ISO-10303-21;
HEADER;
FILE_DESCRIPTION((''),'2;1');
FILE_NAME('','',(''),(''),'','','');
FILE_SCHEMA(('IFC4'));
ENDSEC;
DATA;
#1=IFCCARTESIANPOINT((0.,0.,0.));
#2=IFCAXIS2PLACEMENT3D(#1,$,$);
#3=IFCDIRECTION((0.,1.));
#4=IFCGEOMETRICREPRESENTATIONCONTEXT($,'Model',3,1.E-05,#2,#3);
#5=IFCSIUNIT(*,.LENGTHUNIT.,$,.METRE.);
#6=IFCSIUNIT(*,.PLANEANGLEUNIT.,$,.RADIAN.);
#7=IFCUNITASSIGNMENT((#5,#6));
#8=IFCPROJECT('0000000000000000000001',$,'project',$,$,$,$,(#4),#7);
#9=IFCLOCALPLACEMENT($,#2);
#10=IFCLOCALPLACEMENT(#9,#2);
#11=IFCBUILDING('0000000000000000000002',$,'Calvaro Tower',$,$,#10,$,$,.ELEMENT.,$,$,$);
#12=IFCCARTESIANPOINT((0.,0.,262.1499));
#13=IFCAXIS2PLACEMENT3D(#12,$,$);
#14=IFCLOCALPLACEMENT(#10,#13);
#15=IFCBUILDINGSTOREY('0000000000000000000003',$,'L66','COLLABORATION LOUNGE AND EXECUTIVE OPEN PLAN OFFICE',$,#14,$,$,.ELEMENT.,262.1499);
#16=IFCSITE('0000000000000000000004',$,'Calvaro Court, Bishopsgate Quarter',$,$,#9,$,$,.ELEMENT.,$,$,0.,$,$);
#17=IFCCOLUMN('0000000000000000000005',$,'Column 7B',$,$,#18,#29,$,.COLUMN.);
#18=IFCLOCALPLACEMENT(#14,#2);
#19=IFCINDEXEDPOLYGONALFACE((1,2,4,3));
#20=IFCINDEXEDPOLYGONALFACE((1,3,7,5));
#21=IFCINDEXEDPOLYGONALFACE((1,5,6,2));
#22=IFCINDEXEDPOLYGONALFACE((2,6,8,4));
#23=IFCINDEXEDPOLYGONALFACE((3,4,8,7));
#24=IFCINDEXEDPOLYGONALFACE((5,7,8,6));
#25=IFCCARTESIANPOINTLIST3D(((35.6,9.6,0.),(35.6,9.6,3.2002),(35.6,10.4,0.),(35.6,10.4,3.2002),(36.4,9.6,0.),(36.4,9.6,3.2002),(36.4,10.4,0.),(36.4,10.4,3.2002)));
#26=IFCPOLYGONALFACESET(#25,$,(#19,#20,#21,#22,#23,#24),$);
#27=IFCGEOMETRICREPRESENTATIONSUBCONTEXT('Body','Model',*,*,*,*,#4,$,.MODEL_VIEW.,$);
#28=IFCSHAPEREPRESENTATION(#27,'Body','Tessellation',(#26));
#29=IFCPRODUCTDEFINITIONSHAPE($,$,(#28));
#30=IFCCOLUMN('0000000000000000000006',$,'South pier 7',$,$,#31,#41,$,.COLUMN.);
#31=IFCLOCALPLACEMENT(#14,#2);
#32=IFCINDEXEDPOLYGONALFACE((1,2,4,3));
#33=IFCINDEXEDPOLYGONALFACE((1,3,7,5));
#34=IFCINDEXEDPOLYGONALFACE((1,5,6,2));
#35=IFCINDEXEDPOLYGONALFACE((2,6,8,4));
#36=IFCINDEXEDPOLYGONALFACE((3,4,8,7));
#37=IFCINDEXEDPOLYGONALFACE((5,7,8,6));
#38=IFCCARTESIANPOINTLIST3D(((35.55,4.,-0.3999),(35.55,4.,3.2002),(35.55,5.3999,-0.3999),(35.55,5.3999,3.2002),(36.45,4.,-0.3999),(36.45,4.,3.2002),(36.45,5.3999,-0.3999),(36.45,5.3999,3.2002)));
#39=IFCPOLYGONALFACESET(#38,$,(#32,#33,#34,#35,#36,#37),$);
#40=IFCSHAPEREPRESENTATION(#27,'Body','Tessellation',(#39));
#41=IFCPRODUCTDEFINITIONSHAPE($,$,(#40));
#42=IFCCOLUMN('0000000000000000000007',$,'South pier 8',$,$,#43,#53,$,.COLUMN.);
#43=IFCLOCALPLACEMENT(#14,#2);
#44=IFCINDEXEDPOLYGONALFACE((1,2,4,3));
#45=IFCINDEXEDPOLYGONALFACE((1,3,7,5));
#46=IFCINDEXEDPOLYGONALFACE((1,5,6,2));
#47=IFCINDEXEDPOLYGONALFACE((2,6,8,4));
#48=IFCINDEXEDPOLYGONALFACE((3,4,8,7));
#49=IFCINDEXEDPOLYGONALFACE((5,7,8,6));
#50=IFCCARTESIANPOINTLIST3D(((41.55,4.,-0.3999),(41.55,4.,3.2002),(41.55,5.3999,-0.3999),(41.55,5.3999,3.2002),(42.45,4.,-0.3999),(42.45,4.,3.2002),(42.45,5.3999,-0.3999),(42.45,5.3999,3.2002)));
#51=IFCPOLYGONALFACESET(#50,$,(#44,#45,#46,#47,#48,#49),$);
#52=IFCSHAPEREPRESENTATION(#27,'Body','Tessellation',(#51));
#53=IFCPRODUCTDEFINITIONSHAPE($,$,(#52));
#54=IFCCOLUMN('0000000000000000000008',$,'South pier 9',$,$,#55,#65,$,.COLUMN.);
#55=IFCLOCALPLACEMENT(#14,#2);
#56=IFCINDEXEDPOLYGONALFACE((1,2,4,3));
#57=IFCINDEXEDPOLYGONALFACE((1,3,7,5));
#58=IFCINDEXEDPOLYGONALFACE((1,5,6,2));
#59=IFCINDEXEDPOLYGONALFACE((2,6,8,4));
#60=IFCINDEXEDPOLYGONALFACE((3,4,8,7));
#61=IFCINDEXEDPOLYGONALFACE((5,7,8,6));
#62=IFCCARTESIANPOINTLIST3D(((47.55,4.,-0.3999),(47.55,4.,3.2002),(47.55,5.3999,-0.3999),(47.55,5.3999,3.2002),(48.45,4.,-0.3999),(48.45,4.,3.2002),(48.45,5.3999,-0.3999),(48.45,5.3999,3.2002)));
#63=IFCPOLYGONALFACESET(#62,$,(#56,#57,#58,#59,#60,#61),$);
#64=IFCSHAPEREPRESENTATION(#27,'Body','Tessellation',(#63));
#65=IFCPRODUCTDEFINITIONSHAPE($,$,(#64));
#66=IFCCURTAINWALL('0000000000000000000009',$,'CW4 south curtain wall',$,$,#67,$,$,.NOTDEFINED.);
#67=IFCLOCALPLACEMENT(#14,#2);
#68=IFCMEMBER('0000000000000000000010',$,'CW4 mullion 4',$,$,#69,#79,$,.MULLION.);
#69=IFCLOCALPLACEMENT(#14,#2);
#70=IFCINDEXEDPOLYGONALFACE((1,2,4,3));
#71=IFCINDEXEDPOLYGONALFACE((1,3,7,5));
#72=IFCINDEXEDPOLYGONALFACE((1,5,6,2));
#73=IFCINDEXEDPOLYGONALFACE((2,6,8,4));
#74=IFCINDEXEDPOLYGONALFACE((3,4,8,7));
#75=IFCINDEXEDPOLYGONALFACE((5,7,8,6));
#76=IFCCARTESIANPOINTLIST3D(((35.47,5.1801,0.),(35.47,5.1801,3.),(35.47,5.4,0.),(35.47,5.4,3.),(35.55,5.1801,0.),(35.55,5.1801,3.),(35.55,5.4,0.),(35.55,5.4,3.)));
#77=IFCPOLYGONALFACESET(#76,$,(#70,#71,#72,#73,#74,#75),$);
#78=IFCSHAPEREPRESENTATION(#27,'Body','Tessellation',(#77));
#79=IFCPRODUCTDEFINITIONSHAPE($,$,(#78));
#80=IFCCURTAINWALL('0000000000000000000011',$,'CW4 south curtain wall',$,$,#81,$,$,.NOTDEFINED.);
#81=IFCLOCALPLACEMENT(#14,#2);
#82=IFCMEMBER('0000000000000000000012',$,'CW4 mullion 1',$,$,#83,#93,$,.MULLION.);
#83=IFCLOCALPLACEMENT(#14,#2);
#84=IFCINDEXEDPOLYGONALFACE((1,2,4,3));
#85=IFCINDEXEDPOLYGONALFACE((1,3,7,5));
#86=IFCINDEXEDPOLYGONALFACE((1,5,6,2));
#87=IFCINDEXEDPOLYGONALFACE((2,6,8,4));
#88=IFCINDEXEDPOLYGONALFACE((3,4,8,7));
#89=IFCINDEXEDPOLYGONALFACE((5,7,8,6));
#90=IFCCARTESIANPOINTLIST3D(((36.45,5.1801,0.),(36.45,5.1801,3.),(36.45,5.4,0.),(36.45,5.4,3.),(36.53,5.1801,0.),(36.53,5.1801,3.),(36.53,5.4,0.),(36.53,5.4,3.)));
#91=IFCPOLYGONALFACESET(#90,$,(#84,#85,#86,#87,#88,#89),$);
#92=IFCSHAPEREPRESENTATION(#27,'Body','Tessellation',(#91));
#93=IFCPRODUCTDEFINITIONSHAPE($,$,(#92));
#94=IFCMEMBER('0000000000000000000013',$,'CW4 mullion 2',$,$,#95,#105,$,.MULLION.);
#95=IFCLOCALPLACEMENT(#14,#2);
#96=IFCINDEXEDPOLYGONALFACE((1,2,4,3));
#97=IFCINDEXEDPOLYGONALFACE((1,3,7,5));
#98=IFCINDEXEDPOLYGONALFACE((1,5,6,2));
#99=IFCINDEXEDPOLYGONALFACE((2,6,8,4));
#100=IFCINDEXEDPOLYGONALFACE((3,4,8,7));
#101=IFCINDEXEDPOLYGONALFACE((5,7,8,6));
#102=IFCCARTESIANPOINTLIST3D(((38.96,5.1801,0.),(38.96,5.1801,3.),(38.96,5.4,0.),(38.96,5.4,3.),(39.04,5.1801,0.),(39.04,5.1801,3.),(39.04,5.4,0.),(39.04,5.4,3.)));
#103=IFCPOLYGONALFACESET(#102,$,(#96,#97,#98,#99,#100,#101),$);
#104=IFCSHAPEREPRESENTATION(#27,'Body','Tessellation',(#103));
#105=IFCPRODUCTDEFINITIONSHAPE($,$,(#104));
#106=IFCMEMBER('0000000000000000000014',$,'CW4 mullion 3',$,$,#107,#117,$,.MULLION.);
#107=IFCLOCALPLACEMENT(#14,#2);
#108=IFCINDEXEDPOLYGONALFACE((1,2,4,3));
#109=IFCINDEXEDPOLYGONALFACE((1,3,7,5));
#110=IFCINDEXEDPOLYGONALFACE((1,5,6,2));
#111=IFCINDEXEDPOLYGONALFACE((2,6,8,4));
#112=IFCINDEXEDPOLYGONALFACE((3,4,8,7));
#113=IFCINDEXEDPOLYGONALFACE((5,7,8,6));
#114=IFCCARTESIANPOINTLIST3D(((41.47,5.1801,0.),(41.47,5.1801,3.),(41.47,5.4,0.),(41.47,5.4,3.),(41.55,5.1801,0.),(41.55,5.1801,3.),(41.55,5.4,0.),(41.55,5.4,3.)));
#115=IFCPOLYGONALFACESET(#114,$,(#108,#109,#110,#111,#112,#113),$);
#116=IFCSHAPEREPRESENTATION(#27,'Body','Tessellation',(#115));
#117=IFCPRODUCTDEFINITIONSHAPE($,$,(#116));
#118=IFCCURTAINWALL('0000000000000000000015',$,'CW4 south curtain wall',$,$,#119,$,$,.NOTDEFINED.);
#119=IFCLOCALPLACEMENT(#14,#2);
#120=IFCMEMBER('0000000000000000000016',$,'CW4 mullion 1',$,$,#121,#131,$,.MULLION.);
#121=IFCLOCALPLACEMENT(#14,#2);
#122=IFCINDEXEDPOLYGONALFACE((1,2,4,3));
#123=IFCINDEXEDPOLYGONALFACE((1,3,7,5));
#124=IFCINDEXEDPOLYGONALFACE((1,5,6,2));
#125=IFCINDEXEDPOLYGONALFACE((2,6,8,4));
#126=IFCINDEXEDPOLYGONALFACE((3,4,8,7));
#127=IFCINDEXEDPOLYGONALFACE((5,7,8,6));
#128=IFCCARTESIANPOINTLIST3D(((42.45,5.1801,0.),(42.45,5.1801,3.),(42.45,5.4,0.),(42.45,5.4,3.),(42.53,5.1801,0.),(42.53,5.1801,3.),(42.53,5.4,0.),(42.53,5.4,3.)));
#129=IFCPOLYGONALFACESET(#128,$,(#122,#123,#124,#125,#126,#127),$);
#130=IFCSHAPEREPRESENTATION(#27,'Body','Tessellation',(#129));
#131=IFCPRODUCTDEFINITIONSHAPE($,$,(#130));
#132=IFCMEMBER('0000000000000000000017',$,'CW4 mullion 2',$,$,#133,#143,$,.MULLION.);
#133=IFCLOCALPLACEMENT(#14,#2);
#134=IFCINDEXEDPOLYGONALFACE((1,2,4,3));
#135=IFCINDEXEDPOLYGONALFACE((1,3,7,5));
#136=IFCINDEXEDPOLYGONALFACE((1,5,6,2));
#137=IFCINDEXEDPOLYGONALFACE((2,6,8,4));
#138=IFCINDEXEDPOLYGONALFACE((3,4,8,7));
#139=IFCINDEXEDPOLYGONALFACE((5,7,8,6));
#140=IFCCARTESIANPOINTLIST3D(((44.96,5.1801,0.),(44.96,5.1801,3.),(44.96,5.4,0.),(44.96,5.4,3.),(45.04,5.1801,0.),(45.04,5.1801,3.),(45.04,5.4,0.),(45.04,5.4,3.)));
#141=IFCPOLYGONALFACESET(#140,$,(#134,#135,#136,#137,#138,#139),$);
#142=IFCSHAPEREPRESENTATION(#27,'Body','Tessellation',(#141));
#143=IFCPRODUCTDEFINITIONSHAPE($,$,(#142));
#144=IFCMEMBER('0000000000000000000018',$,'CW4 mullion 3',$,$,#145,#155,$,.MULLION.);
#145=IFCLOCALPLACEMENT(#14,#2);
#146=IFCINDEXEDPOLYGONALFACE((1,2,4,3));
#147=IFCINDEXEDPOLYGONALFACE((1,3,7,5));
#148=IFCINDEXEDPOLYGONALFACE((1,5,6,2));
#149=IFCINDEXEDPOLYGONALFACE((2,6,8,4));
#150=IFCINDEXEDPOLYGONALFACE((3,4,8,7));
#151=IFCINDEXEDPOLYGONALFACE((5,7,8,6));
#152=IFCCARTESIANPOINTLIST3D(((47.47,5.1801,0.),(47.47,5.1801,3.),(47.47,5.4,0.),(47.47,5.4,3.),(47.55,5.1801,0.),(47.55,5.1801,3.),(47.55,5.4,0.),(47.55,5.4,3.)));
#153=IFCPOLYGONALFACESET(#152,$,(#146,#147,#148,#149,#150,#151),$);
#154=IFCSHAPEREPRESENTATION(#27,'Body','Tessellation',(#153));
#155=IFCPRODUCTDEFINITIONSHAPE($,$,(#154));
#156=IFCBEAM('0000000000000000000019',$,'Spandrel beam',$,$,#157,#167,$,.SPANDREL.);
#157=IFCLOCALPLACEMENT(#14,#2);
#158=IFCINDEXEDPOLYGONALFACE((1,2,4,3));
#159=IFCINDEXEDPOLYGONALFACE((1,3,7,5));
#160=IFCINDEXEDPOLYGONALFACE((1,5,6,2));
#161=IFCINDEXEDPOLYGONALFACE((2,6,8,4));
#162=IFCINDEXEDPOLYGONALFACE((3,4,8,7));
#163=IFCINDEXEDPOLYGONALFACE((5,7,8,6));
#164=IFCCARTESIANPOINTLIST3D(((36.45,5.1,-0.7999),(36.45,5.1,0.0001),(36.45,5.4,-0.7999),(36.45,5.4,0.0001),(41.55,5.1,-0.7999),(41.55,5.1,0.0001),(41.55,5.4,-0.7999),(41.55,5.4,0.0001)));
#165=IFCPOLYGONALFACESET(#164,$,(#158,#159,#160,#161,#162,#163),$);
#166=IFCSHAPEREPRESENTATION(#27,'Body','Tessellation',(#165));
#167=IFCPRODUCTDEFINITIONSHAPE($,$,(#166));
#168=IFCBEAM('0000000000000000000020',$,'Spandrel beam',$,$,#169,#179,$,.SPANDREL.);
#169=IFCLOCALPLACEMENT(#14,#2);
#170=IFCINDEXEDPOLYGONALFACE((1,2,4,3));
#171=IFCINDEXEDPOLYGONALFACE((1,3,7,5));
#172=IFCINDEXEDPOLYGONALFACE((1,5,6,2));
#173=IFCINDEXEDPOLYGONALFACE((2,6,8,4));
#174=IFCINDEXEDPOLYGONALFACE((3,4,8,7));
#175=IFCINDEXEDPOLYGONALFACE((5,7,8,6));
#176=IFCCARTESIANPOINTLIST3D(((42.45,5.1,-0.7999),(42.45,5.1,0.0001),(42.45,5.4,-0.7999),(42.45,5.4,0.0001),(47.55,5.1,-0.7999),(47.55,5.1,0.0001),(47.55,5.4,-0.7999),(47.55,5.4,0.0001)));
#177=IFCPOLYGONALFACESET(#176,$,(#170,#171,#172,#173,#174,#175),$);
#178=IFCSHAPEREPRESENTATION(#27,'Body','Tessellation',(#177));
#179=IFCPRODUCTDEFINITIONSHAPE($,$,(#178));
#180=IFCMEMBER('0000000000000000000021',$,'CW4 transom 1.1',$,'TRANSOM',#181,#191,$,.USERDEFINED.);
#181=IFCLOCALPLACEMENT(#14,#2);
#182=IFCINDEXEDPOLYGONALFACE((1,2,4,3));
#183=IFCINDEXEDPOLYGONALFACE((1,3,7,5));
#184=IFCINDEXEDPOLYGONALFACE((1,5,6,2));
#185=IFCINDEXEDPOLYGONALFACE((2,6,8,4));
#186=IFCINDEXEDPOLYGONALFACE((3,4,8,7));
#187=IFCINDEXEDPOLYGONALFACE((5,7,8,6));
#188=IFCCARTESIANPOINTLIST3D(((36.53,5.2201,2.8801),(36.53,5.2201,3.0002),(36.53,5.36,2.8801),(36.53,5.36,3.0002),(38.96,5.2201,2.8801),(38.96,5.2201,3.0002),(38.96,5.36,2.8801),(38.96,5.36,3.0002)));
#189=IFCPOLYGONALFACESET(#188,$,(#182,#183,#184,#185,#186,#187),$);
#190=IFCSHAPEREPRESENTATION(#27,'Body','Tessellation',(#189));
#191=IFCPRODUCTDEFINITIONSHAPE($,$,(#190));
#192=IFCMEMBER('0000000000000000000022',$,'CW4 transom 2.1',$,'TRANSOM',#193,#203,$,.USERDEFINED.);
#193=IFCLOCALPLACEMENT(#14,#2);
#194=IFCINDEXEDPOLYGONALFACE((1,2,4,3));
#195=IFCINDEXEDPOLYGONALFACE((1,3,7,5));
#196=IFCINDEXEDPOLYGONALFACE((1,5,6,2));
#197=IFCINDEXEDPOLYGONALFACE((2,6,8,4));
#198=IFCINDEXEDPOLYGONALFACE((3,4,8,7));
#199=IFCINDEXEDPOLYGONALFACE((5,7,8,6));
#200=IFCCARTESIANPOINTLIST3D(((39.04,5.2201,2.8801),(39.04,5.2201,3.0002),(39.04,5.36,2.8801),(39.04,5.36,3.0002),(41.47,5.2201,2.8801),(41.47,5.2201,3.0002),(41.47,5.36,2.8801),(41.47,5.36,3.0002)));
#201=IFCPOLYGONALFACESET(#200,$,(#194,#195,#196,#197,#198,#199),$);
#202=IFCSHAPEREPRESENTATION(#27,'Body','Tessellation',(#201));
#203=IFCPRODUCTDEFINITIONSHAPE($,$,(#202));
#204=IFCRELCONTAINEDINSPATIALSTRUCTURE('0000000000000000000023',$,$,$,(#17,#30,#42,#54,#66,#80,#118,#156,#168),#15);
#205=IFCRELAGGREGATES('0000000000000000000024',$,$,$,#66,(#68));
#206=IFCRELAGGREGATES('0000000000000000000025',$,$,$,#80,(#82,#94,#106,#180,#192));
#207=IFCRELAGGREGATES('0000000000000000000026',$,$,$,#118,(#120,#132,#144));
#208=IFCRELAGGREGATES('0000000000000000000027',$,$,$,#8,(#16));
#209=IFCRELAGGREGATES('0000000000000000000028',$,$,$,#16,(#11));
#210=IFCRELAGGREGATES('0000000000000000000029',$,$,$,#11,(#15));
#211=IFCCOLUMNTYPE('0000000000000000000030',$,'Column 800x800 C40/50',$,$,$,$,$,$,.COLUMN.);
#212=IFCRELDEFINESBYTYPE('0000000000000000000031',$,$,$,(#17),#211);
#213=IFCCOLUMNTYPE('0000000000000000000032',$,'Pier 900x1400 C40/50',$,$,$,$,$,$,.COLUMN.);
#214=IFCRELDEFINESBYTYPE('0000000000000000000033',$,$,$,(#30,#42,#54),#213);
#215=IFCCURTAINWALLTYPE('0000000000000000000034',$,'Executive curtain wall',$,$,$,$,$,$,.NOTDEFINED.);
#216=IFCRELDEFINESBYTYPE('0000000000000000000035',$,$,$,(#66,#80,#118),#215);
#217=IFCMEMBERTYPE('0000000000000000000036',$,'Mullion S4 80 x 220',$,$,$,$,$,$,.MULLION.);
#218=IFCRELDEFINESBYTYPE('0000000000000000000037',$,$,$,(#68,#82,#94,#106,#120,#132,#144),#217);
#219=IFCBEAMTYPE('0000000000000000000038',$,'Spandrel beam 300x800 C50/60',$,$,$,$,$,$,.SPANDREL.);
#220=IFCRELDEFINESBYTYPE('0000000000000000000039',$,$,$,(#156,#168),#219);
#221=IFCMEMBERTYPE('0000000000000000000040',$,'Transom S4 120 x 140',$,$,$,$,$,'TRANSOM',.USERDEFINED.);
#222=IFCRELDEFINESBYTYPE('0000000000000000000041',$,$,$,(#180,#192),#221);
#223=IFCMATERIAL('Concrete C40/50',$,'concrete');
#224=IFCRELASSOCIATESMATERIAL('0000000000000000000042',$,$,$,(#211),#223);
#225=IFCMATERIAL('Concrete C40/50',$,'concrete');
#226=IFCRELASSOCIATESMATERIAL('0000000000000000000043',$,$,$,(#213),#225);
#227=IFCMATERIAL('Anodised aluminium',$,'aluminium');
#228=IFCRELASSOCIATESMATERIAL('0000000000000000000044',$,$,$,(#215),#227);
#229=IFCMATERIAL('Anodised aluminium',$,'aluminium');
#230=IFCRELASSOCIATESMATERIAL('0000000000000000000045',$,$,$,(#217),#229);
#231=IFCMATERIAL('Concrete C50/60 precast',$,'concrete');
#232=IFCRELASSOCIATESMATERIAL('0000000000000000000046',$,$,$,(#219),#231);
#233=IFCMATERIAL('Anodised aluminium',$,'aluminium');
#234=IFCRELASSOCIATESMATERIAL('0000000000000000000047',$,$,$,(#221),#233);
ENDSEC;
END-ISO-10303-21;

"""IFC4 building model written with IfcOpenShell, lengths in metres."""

from ifc_helpers import new_model, si_unit, direction, frame, origin, origin_2d, place, context, subcontext, project, spatial, rectangle, extrude, material, material_profile, profile_set, type_object, element, aggregate, save


model = new_model("IFC4")

# Units and contexts
model_context = context("Model", 3, precision=1e-05, world=origin(), true_north=direction((0.0, 1.0)))
body_context = subcontext(model_context, "Body", "Model", "MODEL_VIEW")
ifc_project = project(units=[si_unit("LENGTHUNIT", "METRE"), si_unit("PLANEANGLEUNIT", "RADIAN")], contexts=[model_context])

# Site, building, storey
site_placement = place(None, origin())
site = spatial("IfcSite", under=ifc_project, at=site_placement, Name="Calvaro Court, Bishopsgate Quarter", CompositionType="ELEMENT", RefElevation=0.0)
building_placement = place(site_placement, origin())
building = spatial("IfcBuilding", under=site, at=building_placement, Name="Calvaro Tower", CompositionType="ELEMENT")
storey_placement = place(building_placement, frame((0.0, 0.0, 262.1499)))
storey = spatial("IfcBuildingStorey", under=building, at=storey_placement, Name="L66", Description="COLLABORATION LOUNGE AND EXECUTIVE OPEN PLAN OFFICE", CompositionType="ELEMENT", Elevation=262.1499)

# Columns
ifc_material_1 = material(Name="Concrete C40/50", Category="concrete")
ifc_material_profile_1 = material_profile(ifc_material_1, rectangle(XDim=0.8, YDim=0.8, at=origin_2d()), Name="RC 800x800")
ifc_profile_set_1 = profile_set([ifc_material_profile_1], Name="Concrete C40/50")
column_type_1 = type_object("IfcColumnType", Name="Column 800x800 C40/50", PredefinedType="COLUMN", material=ifc_profile_set_1)
column_placement = place(storey_placement, frame((36.0, 10.0, 0.0), z_axis=(0.0, 0.0, 1.0), x_axis=(1.0, 0.0, 0.0)))
element("IfcColumn", 1, at=column_placement, inside=storey, type_object=column_type_1, Name="Column 7B", PredefinedType="COLUMN", context=body_context, shape_type="SweptSolid", body=[
    extrude(rectangle(XDim=0.8, YDim=0.8, at=origin_2d()), origin(), (0.0, 0.0, 1.0), 3.2002),
])
ifc_material_2 = material(Name="Concrete C40/50", Category="concrete")
ifc_material_profile_2 = material_profile(ifc_material_2, rectangle(XDim=0.8999, YDim=1.3999, at=origin_2d()), Name="RC 900x1400")
ifc_profile_set_2 = profile_set([ifc_material_profile_2], Name="Concrete C40/50")
column_type_2 = type_object("IfcColumnType", Name="Pier 900x1400 C40/50", PredefinedType="COLUMN", material=ifc_profile_set_2)
for number, where, z_axis, x_axis, name in (
    (2, (36.0, 4.7, -0.3999), (0.0, 0.0, 1.0), (1.0, 0.0, 0.0), "South pier 7"),
    (3, (42.0, 4.7, -0.3999), (0.0, 0.0, 1.0), (1.0, 0.0, 0.0), "South pier 8"),
    (4, (48.0, 4.7, -0.3999), (0.0, 0.0, 1.0), (1.0, 0.0, 0.0), "South pier 9"),
):
    element("IfcColumn", number, at=place(storey_placement, frame(where, z_axis=z_axis, x_axis=x_axis)), inside=storey, type_object=column_type_2, Name=name, PredefinedType="COLUMN", context=body_context, shape_type="SweptSolid", body=[
        extrude(rectangle(XDim=0.8999, YDim=1.3999, at=origin_2d()), origin(), (0.0, 0.0, 1.0), 3.6001),
    ])

# Curtain wall, member
ifc_material_3 = material(Name="Anodised aluminium", Category="aluminium")
curtain_wall_type = type_object("IfcCurtainWallType", Name="Executive curtain wall", PredefinedType="NOTDEFINED", material=ifc_material_3)
curtain_wall_1_placement = place(storey_placement, origin())
curtain_wall_1 = element("IfcCurtainWall", 5, at=curtain_wall_1_placement, inside=storey, type_object=curtain_wall_type, Name="CW4 south curtain wall", PredefinedType="NOTDEFINED")
ifc_material_4 = material(Name="Anodised aluminium", Category="aluminium")
ifc_material_profile_3 = material_profile(ifc_material_4, rectangle(XDim=0.22, YDim=0.0801, at=origin_2d()), Name="Mullion S4 80 x 220")
ifc_profile_set_3 = profile_set([ifc_material_profile_3], Name="Anodised aluminium")
member_type_1 = type_object("IfcMemberType", Name="Mullion S4 80 x 220", PredefinedType="MULLION", material=ifc_profile_set_3)
member_1_placement = place(storey_placement, frame((35.51, 5.29, 0.0), z_axis=(0.0, 0.0, 1.0), x_axis=(0.0, 1.0, 0.0)))
member_1 = element("IfcMember", 6, at=member_1_placement, type_object=member_type_1, Name="CW4 mullion 4", PredefinedType="MULLION", context=body_context, shape_type="SweptSolid", body=[
    extrude(rectangle(XDim=0.22, YDim=0.0801, at=origin_2d()), origin(), (0.0, 0.0, 1.0), 3.0),
])

# Curtain walls, members
curtain_wall_2_placement = place(storey_placement, origin())
curtain_wall_2 = element("IfcCurtainWall", 7, at=curtain_wall_2_placement, inside=storey, type_object=curtain_wall_type, Name="CW4 south curtain wall", PredefinedType="NOTDEFINED")
member_2_placement = place(storey_placement, frame((36.49, 5.29, 0.0), z_axis=(0.0, 0.0, 1.0), x_axis=(0.0, 1.0, 0.0)))
member_2 = element("IfcMember", 8, at=member_2_placement, type_object=member_type_1, Name="CW4 mullion 1", PredefinedType="MULLION", context=body_context, shape_type="SweptSolid", body=[
    extrude(rectangle(XDim=0.22, YDim=0.0801, at=origin_2d()), origin(), (0.0, 0.0, 1.0), 3.0),
])
member_3_placement = place(storey_placement, frame((39.0, 5.29, 0.0), z_axis=(0.0, 0.0, 1.0), x_axis=(0.0, 1.0, 0.0)))
member_3 = element("IfcMember", 9, at=member_3_placement, type_object=member_type_1, Name="CW4 mullion 2", PredefinedType="MULLION", context=body_context, shape_type="SweptSolid", body=[
    extrude(rectangle(XDim=0.22, YDim=0.0801, at=origin_2d()), origin(), (0.0, 0.0, 1.0), 3.0),
])
member_4_placement = place(storey_placement, frame((41.51, 5.29, 0.0), z_axis=(0.0, 0.0, 1.0), x_axis=(0.0, 1.0, 0.0)))
member_4 = element("IfcMember", 10, at=member_4_placement, type_object=member_type_1, Name="CW4 mullion 3", PredefinedType="MULLION", context=body_context, shape_type="SweptSolid", body=[
    extrude(rectangle(XDim=0.22, YDim=0.0801, at=origin_2d()), origin(), (0.0, 0.0, 1.0), 3.0),
])
curtain_wall_3_placement = place(storey_placement, origin())
curtain_wall_3 = element("IfcCurtainWall", 11, at=curtain_wall_3_placement, inside=storey, type_object=curtain_wall_type, Name="CW4 south curtain wall", PredefinedType="NOTDEFINED")
member_5_placement = place(storey_placement, frame((42.49, 5.29, 0.0), z_axis=(0.0, 0.0, 1.0), x_axis=(0.0, 1.0, 0.0)))
member_5 = element("IfcMember", 12, at=member_5_placement, type_object=member_type_1, Name="CW4 mullion 1", PredefinedType="MULLION", context=body_context, shape_type="SweptSolid", body=[
    extrude(rectangle(XDim=0.22, YDim=0.0801, at=origin_2d()), origin(), (0.0, 0.0, 1.0), 3.0),
])
member_6_placement = place(storey_placement, frame((45.0, 5.29, 0.0), z_axis=(0.0, 0.0, 1.0), x_axis=(0.0, 1.0, 0.0)))
member_6 = element("IfcMember", 13, at=member_6_placement, type_object=member_type_1, Name="CW4 mullion 2", PredefinedType="MULLION", context=body_context, shape_type="SweptSolid", body=[
    extrude(rectangle(XDim=0.22, YDim=0.0801, at=origin_2d()), origin(), (0.0, 0.0, 1.0), 3.0),
])
member_7_placement = place(storey_placement, frame((47.51, 5.29, 0.0), z_axis=(0.0, 0.0, 1.0), x_axis=(0.0, 1.0, 0.0)))
member_7 = element("IfcMember", 14, at=member_7_placement, type_object=member_type_1, Name="CW4 mullion 3", PredefinedType="MULLION", context=body_context, shape_type="SweptSolid", body=[
    extrude(rectangle(XDim=0.22, YDim=0.0801, at=origin_2d()), origin(), (0.0, 0.0, 1.0), 3.0),
])

# Beams
ifc_material_5 = material(Name="Concrete C50/60 precast", Category="concrete")
ifc_material_profile_4 = material_profile(ifc_material_5, rectangle(XDim=0.3, YDim=0.8, at=origin_2d()), Name="RC 300x800")
ifc_profile_set_4 = profile_set([ifc_material_profile_4], Name="Concrete C50/60 precast")
beam_type = type_object("IfcBeamType", Name="Spandrel beam 300x800 C50/60", PredefinedType="SPANDREL", material=ifc_profile_set_4)
for number, where, z_axis, x_axis, name in (
    (15, (36.45, 5.25, -0.3999), (1.0, 0.0, 0.0), (0.0, 1.0, 0.0), "Spandrel beam"),
    (16, (42.45, 5.25, -0.3999), (1.0, 0.0, 0.0), (0.0, 1.0, 0.0), "Spandrel beam"),
):
    element("IfcBeam", number, at=place(storey_placement, frame(where, z_axis=z_axis, x_axis=x_axis)), inside=storey, type_object=beam_type, Name=name, PredefinedType="SPANDREL", context=body_context, shape_type="SweptSolid", body=[
        extrude(rectangle(XDim=0.3, YDim=0.8, at=origin_2d()), origin(), (0.0, 0.0, 1.0), 5.1001),
    ])

# Members
ifc_material_6 = material(Name="Anodised aluminium", Category="aluminium")
ifc_material_profile_5 = material_profile(ifc_material_6, rectangle(XDim=0.1399, YDim=0.1201, at=origin_2d()), Name="Transom S4 120 x 140")
ifc_profile_set_5 = profile_set([ifc_material_profile_5], Name="Anodised aluminium")
member_type_2 = type_object("IfcMemberType", Name="Transom S4 120 x 140", ElementType="TRANSOM", PredefinedType="USERDEFINED", material=ifc_profile_set_5)
member_8_placement = place(storey_placement, frame((36.53, 5.29, 2.9402), z_axis=(1.0, 0.0, 0.0), x_axis=(0.0, 1.0, 0.0)))
member_8 = element("IfcMember", 17, at=member_8_placement, type_object=member_type_2, Name="CW4 transom 1.1", ObjectType="TRANSOM", PredefinedType="USERDEFINED", context=body_context, shape_type="SweptSolid", body=[
    extrude(rectangle(XDim=0.1399, YDim=0.1201, at=origin_2d()), origin(), (0.0, 0.0, 1.0), 2.4299),
])
member_9_placement = place(storey_placement, frame((39.04, 5.29, 2.9402), z_axis=(1.0, 0.0, 0.0), x_axis=(0.0, 1.0, 0.0)))
member_9 = element("IfcMember", 18, at=member_9_placement, type_object=member_type_2, Name="CW4 transom 2.1", ObjectType="TRANSOM", PredefinedType="USERDEFINED", context=body_context, shape_type="SweptSolid", body=[
    extrude(rectangle(XDim=0.1399, YDim=0.1201, at=origin_2d()), origin(), (0.0, 0.0, 1.0), 2.4299),
])

aggregate(curtain_wall_1, [member_1])
aggregate(curtain_wall_2, [member_2, member_3, member_4, member_8, member_9])
aggregate(curtain_wall_3, [member_5, member_6, member_7])

save(model, "model.ifc")
